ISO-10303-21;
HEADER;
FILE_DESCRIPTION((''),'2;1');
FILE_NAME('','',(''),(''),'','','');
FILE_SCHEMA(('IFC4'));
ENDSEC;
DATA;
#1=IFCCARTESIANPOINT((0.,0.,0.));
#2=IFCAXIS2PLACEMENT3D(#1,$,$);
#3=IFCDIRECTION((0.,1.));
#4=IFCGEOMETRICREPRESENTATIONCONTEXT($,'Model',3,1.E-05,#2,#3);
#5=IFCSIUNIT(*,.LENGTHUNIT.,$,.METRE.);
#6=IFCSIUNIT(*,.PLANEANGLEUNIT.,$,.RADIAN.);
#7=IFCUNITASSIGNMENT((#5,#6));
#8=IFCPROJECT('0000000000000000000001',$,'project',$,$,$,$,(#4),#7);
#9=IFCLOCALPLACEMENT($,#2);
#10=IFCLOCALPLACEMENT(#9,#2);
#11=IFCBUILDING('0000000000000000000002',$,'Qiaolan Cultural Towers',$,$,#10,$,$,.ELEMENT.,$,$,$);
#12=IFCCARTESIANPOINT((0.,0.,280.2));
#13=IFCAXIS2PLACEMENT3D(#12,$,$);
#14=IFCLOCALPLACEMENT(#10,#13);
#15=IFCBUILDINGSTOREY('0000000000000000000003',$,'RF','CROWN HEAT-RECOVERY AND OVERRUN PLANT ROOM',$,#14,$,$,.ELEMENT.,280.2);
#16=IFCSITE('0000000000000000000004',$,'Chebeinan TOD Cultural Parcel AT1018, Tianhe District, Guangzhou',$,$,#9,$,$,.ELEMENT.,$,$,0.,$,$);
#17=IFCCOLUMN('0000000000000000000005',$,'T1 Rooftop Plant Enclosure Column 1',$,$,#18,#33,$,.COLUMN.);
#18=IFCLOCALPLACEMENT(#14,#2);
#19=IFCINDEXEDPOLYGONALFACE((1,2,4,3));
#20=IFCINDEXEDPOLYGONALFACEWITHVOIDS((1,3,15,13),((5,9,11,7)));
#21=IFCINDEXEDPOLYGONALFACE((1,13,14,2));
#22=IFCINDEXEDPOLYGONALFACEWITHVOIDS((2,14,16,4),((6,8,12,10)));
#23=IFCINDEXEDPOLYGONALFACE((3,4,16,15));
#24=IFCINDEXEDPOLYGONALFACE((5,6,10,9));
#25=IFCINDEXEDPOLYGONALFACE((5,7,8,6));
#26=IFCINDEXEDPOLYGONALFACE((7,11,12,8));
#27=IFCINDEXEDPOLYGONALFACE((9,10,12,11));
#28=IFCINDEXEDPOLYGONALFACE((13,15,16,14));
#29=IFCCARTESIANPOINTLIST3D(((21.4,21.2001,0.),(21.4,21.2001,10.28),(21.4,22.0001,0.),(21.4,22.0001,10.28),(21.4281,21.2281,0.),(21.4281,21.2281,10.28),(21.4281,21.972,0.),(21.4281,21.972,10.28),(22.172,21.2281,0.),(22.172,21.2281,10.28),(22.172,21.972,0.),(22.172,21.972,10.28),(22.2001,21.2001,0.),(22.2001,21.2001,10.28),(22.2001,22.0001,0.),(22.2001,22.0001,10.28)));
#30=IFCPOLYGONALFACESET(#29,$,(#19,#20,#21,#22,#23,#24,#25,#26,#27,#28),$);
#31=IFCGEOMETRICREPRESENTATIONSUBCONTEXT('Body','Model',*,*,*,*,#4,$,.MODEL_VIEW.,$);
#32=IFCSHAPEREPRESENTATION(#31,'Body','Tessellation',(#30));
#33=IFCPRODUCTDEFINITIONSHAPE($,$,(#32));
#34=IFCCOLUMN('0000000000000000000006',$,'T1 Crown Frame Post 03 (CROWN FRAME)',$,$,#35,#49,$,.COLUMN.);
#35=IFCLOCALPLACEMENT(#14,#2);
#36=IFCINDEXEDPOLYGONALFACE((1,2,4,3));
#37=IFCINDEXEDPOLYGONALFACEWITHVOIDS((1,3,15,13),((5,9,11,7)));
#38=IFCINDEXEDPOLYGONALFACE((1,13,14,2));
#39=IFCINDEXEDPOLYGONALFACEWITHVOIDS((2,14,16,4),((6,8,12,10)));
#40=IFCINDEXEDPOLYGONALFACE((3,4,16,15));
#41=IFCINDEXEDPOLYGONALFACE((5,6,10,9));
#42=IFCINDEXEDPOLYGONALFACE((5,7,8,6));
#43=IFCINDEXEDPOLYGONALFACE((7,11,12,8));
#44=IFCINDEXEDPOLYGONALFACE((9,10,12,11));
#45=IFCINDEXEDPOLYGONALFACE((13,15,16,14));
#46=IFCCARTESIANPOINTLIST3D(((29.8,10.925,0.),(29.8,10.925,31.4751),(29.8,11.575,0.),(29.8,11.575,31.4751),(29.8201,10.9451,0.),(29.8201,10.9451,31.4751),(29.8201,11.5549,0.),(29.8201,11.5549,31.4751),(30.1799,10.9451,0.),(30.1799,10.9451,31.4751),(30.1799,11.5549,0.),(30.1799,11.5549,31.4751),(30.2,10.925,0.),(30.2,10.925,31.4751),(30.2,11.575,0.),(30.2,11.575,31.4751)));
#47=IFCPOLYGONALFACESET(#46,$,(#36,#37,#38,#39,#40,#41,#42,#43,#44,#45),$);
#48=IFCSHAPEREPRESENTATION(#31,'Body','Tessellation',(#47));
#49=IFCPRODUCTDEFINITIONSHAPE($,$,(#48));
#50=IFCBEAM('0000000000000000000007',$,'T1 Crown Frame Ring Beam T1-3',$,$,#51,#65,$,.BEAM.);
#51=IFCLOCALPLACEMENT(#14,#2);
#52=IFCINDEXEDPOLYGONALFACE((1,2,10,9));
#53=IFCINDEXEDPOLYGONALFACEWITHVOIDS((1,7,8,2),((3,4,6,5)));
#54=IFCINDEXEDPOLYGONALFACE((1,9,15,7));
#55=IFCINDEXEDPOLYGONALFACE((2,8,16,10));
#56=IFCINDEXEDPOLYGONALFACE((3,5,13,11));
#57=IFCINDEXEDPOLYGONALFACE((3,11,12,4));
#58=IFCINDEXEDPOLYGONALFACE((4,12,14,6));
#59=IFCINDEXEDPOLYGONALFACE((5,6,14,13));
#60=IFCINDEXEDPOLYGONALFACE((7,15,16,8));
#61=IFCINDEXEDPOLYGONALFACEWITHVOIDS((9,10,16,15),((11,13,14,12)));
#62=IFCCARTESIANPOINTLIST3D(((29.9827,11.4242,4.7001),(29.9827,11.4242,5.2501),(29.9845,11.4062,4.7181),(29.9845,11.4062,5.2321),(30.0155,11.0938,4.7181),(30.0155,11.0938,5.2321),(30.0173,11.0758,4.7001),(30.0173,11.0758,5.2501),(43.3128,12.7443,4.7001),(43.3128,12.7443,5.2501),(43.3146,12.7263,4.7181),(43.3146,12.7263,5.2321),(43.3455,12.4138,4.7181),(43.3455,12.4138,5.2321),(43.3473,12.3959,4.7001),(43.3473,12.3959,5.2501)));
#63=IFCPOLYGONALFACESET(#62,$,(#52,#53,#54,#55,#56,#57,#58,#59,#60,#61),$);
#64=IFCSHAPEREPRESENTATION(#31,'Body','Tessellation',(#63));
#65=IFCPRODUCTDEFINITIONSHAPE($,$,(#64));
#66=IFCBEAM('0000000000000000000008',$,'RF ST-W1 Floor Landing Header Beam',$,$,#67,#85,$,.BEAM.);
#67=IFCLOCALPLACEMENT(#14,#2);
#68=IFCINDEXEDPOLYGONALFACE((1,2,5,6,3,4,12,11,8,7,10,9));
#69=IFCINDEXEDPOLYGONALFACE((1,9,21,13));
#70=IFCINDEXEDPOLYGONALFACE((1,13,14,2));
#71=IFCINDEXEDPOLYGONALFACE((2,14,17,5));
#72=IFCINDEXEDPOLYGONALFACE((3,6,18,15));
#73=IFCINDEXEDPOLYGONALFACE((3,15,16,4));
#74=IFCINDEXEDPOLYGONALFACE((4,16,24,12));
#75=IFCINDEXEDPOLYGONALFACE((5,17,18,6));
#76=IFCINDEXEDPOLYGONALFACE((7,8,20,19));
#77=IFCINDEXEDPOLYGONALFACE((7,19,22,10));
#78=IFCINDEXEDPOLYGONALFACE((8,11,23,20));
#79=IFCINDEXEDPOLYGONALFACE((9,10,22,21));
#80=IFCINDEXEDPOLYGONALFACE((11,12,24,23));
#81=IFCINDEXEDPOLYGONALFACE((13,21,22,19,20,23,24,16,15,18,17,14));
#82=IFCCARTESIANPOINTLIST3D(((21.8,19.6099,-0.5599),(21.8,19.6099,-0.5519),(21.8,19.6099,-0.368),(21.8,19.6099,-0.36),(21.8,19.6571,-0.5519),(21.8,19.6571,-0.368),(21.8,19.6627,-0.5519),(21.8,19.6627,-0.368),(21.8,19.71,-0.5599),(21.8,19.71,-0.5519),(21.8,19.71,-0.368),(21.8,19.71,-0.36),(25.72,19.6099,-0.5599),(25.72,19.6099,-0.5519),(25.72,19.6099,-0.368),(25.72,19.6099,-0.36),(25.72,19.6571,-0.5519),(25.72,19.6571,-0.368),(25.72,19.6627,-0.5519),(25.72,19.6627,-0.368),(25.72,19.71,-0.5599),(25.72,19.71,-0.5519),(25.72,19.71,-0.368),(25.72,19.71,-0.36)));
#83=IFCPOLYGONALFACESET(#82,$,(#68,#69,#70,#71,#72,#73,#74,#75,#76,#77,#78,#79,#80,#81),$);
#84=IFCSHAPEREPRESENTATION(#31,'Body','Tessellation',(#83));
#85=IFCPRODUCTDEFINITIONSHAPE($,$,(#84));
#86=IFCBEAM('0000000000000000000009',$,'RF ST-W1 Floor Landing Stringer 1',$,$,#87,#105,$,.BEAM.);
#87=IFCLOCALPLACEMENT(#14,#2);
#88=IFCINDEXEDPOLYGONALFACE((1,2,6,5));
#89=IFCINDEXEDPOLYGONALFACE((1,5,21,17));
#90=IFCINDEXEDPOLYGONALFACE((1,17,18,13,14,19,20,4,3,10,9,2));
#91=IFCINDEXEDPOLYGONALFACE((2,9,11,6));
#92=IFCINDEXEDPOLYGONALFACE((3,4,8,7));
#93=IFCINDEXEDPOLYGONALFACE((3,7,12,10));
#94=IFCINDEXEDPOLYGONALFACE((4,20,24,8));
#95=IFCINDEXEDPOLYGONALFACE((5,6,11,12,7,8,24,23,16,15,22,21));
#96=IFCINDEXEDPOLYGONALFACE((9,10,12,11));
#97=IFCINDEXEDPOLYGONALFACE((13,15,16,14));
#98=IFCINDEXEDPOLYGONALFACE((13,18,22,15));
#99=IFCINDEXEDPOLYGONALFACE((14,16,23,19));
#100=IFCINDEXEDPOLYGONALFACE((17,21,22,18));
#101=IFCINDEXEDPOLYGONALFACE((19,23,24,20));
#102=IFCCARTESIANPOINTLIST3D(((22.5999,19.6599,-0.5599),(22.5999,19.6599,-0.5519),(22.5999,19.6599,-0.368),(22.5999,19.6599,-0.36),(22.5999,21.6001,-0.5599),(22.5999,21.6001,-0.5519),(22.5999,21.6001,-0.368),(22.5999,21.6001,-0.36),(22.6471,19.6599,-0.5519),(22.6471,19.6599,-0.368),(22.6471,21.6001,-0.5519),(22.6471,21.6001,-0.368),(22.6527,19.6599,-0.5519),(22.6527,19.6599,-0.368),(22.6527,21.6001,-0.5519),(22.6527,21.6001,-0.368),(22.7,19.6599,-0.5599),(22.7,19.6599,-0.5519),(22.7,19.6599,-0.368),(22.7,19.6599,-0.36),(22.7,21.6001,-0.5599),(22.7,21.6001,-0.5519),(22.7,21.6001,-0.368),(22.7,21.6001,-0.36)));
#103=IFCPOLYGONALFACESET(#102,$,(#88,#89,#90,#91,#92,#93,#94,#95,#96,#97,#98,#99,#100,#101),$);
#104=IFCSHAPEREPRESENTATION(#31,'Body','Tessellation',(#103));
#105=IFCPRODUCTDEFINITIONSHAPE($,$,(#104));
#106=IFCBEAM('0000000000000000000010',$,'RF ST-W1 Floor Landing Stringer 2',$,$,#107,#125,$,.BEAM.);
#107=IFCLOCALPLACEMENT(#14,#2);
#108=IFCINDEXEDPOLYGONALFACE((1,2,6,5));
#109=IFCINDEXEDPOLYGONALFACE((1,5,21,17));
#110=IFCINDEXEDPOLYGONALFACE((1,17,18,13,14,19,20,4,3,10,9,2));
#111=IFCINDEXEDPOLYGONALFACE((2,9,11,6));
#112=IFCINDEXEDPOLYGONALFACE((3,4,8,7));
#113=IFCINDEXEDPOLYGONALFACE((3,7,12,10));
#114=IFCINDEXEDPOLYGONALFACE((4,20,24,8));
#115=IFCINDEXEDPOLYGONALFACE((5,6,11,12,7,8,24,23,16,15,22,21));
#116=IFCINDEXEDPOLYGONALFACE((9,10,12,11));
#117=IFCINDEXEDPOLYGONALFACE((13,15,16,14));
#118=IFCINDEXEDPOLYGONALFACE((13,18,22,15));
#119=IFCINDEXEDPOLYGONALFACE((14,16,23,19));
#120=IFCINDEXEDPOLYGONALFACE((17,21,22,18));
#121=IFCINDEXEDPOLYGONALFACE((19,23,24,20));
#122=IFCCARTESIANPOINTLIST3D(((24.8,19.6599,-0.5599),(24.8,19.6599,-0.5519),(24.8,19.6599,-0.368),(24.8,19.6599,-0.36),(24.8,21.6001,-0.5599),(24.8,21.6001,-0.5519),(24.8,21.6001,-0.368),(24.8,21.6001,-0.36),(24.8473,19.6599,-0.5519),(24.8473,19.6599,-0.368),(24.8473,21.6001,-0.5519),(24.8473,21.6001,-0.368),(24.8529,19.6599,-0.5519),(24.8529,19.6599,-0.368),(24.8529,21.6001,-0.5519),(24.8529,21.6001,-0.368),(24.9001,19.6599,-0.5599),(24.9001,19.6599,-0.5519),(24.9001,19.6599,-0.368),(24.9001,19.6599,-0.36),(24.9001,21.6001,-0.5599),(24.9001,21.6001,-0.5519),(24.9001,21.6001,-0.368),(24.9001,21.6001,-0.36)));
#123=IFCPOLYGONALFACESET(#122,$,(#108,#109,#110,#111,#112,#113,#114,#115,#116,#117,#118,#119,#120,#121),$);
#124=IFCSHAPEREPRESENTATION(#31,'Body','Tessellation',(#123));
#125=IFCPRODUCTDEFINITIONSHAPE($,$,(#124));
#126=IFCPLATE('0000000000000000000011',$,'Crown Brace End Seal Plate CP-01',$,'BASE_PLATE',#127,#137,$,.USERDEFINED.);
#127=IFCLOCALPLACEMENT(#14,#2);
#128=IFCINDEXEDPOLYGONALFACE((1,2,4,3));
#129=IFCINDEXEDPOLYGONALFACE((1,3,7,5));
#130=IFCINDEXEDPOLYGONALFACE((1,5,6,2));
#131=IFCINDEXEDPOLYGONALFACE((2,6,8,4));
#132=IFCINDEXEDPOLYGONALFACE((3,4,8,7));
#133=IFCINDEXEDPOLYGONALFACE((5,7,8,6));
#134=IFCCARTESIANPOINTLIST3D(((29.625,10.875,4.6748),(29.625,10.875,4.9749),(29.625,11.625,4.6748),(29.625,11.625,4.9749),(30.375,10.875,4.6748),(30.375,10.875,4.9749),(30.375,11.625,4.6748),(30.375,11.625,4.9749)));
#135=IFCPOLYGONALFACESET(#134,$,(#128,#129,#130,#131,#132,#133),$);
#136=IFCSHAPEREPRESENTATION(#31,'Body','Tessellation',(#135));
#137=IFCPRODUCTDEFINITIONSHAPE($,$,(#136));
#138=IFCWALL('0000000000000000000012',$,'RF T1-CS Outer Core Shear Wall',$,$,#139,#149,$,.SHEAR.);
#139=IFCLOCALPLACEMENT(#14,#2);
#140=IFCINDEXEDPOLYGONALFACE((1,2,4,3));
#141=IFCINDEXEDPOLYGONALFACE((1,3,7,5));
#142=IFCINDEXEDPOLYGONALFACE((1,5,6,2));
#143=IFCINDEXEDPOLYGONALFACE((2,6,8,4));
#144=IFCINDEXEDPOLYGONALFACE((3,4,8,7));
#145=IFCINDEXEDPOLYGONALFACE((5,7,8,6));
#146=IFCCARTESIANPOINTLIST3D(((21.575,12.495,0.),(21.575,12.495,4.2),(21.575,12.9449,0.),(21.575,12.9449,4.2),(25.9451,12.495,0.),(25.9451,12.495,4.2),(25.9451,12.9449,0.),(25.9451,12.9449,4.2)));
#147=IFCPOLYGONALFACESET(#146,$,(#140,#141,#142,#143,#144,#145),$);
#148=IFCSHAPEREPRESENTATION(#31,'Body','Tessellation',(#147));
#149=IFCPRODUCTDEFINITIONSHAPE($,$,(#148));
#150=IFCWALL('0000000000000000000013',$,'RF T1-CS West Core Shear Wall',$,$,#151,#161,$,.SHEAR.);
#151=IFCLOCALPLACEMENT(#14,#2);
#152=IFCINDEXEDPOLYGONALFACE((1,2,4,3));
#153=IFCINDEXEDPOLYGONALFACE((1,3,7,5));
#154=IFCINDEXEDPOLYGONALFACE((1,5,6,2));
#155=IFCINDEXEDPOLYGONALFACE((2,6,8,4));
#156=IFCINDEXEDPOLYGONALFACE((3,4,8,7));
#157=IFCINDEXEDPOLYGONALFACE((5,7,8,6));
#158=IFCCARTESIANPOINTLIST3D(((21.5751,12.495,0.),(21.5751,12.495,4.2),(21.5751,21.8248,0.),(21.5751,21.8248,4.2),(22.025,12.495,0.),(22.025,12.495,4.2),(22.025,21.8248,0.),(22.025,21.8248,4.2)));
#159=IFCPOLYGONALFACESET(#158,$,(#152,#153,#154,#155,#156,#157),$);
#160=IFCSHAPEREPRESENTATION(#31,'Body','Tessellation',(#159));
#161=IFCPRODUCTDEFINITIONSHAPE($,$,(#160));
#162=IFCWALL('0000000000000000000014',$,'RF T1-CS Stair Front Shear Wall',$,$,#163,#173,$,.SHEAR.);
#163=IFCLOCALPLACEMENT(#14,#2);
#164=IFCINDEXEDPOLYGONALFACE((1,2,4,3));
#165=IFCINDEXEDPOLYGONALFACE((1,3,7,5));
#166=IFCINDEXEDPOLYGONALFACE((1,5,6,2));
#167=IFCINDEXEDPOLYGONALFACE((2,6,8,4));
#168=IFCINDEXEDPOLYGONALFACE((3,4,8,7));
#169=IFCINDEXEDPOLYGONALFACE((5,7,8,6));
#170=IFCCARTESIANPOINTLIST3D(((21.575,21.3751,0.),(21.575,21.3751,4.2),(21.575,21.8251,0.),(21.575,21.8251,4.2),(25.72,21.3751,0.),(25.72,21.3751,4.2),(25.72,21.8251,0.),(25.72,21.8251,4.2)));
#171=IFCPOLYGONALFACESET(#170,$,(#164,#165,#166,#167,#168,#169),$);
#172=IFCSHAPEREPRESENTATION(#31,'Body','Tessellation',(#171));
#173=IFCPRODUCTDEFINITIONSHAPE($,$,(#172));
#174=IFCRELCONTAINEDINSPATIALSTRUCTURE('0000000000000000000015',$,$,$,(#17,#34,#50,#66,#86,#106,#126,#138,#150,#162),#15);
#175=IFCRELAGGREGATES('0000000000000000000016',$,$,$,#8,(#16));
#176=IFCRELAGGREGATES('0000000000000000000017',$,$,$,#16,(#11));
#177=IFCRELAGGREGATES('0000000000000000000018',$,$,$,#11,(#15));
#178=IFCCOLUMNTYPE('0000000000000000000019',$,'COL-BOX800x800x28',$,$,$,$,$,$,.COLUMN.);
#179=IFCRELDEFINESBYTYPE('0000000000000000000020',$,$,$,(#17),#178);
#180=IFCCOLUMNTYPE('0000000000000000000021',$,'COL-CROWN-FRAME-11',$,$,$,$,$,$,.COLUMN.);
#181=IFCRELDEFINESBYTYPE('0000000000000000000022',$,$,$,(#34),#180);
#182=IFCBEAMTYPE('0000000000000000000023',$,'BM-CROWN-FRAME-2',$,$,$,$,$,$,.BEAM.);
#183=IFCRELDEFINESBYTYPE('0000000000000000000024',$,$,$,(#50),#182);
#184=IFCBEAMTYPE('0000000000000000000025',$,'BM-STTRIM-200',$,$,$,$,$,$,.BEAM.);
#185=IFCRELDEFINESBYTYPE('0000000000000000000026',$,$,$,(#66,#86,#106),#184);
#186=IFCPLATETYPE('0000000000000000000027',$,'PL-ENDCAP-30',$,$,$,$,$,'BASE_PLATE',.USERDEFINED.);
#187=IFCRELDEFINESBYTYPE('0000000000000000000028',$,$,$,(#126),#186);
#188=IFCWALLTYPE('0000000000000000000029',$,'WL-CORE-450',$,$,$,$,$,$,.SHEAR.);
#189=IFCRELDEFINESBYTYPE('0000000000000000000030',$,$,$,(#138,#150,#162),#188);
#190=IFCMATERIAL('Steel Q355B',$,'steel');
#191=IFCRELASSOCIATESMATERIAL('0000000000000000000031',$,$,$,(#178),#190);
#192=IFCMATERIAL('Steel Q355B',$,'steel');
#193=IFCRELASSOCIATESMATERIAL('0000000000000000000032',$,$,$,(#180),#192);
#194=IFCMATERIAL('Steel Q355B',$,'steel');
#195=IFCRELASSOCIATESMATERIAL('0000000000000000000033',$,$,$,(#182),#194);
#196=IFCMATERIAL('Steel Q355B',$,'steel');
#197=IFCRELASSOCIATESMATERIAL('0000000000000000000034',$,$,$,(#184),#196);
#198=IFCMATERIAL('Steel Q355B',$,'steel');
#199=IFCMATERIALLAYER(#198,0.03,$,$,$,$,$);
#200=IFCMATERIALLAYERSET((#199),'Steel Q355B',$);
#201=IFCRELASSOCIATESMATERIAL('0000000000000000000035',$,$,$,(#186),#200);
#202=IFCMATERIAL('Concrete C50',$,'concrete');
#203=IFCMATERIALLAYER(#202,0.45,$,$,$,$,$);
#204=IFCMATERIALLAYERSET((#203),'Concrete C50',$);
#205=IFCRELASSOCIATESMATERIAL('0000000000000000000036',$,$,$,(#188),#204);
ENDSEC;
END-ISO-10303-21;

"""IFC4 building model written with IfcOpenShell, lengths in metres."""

from ifc_helpers import new_model, si_unit, direction, frame, frame_2d, origin, origin_2d, place, context, subcontext, project, spatial, rectangle, hollow_rectangle, i_section, extrude, material, layer, layer_set, material_profile, profile_set, type_object, element, save


model = new_model("IFC4")

# Units and contexts
model_context = context("Model", 3, precision=1e-05, world=origin(), true_north=direction((0.0, 1.0)))
body_context = subcontext(model_context, "Body", "Model", "MODEL_VIEW")
ifc_project = project(units=[si_unit("LENGTHUNIT", "METRE"), si_unit("PLANEANGLEUNIT", "RADIAN")], contexts=[model_context])

# Site, building, storey
site_placement = place(None, origin())
site = spatial("IfcSite", under=ifc_project, at=site_placement, Name="Chebeinan TOD Cultural Parcel AT1018, Tianhe District, Guangzhou", CompositionType="ELEMENT", RefElevation=0.0)
building_placement = place(site_placement, origin())
building = spatial("IfcBuilding", under=site, at=building_placement, Name="Qiaolan Cultural Towers", CompositionType="ELEMENT")
storey_placement = place(building_placement, frame((0.0, 0.0, 280.2)))
storey = spatial("IfcBuildingStorey", under=building, at=storey_placement, Name="RF", Description="CROWN HEAT-RECOVERY AND OVERRUN PLANT ROOM", CompositionType="ELEMENT", Elevation=280.2)

# Columns
ifc_material_1 = material(Name="Steel Q355B", Category="steel")
ifc_material_profile_1 = material_profile(ifc_material_1, hollow_rectangle(XDim=0.8, YDim=0.8, WallThickness=0.0281, at=origin_2d()), Name="BOX800x800x28")
ifc_profile_set_1 = profile_set([ifc_material_profile_1], Name="Steel Q355B")
column_type_1 = type_object("IfcColumnType", Name="COL-BOX800x800x28", PredefinedType="COLUMN", material=ifc_profile_set_1)
column_1_placement = place(storey_placement, frame((21.8, 21.6001, 0.0), z_axis=(0.0, 0.0, 1.0), x_axis=(1.0, 0.0, 0.0)))
element("IfcColumn", 1, at=column_1_placement, inside=storey, type_object=column_type_1, Name="T1 Rooftop Plant Enclosure Column 1", PredefinedType="COLUMN", context=body_context, shape_type="SweptSolid", body=[
    extrude(hollow_rectangle(XDim=0.8, YDim=0.8, WallThickness=0.0281, at=origin_2d()), origin(), (0.0, 0.0, 1.0), 10.28),
])
ifc_material_2 = material(Name="Steel Q355B", Category="steel")
ifc_material_profile_2 = material_profile(ifc_material_2, hollow_rectangle(XDim=0.3999, YDim=0.6499, WallThickness=0.02, at=origin_2d()), Name="BOX650x400x20")
ifc_profile_set_2 = profile_set([ifc_material_profile_2], Name="Steel Q355B")
column_type_2 = type_object("IfcColumnType", Name="COL-CROWN-FRAME-11", PredefinedType="COLUMN", material=ifc_profile_set_2)
column_2_placement = place(storey_placement, frame((30.0, 11.25, 0.0), z_axis=(0.0, 0.0, 1.0), x_axis=(1.0, 0.0, 0.0)))
element("IfcColumn", 2, at=column_2_placement, inside=storey, type_object=column_type_2, Name="T1 Crown Frame Post 03 (CROWN FRAME)", PredefinedType="COLUMN", context=body_context, shape_type="SweptSolid", body=[
    extrude(hollow_rectangle(XDim=0.3999, YDim=0.6499, WallThickness=0.02, at=origin_2d()), origin(), (0.0, 0.0, 1.0), 31.4751),
])

# Beams
ifc_material_3 = material(Name="Steel Q355B", Category="steel")
ifc_material_profile_3 = material_profile(ifc_material_3, hollow_rectangle(XDim=0.3501, YDim=0.55, WallThickness=0.0181, at=origin_2d()), Name="BOX550x350x18")
ifc_profile_set_3 = profile_set([ifc_material_profile_3], Name="Steel Q355B")
beam_type_1 = type_object("IfcBeamType", Name="BM-CROWN-FRAME-2", PredefinedType="BEAM", material=ifc_profile_set_3)
beam_1_placement = place(storey_placement, frame((30.0, 11.25, 4.9751), z_axis=(0.995132, 0.098547, 0.0), x_axis=(-0.098547, 0.995132, 0.0)))
element("IfcBeam", 3, at=beam_1_placement, inside=storey, type_object=beam_type_1, Name="T1 Crown Frame Ring Beam T1-3", PredefinedType="BEAM", context=body_context, shape_type="SweptSolid", body=[
    extrude(hollow_rectangle(XDim=0.3501, YDim=0.55, WallThickness=0.0181, at=origin_2d()), origin(), (0.0, 0.0, 1.0), 13.3953),
])
ifc_material_4 = material(Name="Steel Q355B", Category="steel")
ifc_material_profile_4 = material_profile(ifc_material_4, i_section(OverallWidth=0.1001, OverallDepth=0.2, WebThickness=0.0056, FlangeThickness=0.0081, at=origin_2d()), Name="HN200x100x5.5x8")
ifc_profile_set_4 = profile_set([ifc_material_profile_4], Name="Steel Q355B")
beam_type_2 = type_object("IfcBeamType", Name="BM-STTRIM-200", PredefinedType="BEAM", material=ifc_profile_set_4)
beam_2_placement = place(storey_placement, frame((21.8, 19.6599, -0.46), z_axis=(1.0, 0.0, 0.0), x_axis=(0.0, 1.0, 0.0)))
element("IfcBeam", 4, at=beam_2_placement, inside=storey, type_object=beam_type_2, Name="RF ST-W1 Floor Landing Header Beam", PredefinedType="BEAM", context=body_context, shape_type="SweptSolid", body=[
    extrude(i_section(OverallWidth=0.1001, OverallDepth=0.2, WebThickness=0.0056, FlangeThickness=0.0081, at=origin_2d()), origin(), (0.0, 0.0, 1.0), 3.9199),
])
for number, where, z_axis, x_axis, name in (
    (5, (22.6499, 21.6001, -0.46), (0.0, -1.0, 0.0), (1.0, 0.0, 0.0), "RF ST-W1 Floor Landing Stringer 1"),
    (6, (24.8501, 21.6001, -0.46), (0.0, -1.0, 0.0), (1.0, 0.0, 0.0), "RF ST-W1 Floor Landing Stringer 2"),
):
    element("IfcBeam", number, at=place(storey_placement, frame(where, z_axis=z_axis, x_axis=x_axis)), inside=storey, type_object=beam_type_2, Name=name, PredefinedType="BEAM", context=body_context, shape_type="SweptSolid", body=[
        extrude(i_section(OverallWidth=0.1001, OverallDepth=0.2, WebThickness=0.0056, FlangeThickness=0.0081, at=origin_2d()), origin(), (0.0, 0.0, 1.0), 1.9402),
    ])

# Plate
ifc_material_5 = material(Name="Steel Q355B", Category="steel")
ifc_layer_1 = layer(ifc_material_5, 0.03)
ifc_layer_set_1 = layer_set([ifc_layer_1], Name="Steel Q355B")
plate_type = type_object("IfcPlateType", Name="PL-ENDCAP-30", ElementType="BASE_PLATE", PredefinedType="USERDEFINED", material=ifc_layer_set_1)
plate_placement = place(storey_placement, frame((30.0, 11.25, 4.6748), z_axis=(0.0, 0.0, 1.0), x_axis=(1.0, 0.0, 0.0)))
element("IfcPlate", 7, at=plate_placement, inside=storey, type_object=plate_type, Name="Crown Brace End Seal Plate CP-01", ObjectType="BASE_PLATE", PredefinedType="USERDEFINED", context=body_context, shape_type="SweptSolid", body=[
    extrude(rectangle(XDim=0.75, YDim=0.75, at=origin_2d()), origin(), (0.0, 0.0, 1.0), 0.3),
])

# Walls
ifc_material_6 = material(Name="Concrete C50", Category="concrete")
ifc_layer_2 = layer(ifc_material_6, 0.45)
ifc_layer_set_2 = layer_set([ifc_layer_2], Name="Concrete C50")
wall_type_1 = type_object("IfcWallType", Name="WL-CORE-450", PredefinedType="SHEAR", material=ifc_layer_set_2)
wall_1_placement = place(storey_placement, frame((21.575, 12.72, 0.0), z_axis=(0.0, 0.0, 1.0), x_axis=(1.0, 0.0, 0.0)))
element("IfcWall", 8, at=wall_1_placement, inside=storey, type_object=wall_type_1, Name="RF T1-CS Outer Core Shear Wall", PredefinedType="SHEAR", context=body_context, shape_type="SweptSolid", body=[
    extrude(rectangle(XDim=4.3701, YDim=0.45, at=frame_2d((2.1851, 0.0))), origin(), (0.0, 0.0, 1.0), 4.2),
])
wall_2_placement = place(storey_placement, frame((21.8, 21.825, 0.0), z_axis=(0.0, 0.0, 1.0), x_axis=(0.0, -1.0, 0.0)))
element("IfcWall", 9, at=wall_2_placement, inside=storey, type_object=wall_type_1, Name="RF T1-CS West Core Shear Wall", PredefinedType="SHEAR", context=body_context, shape_type="SweptSolid", body=[
    extrude(rectangle(XDim=9.3298, YDim=0.45, at=frame_2d((4.665, 0.0))), origin(), (0.0, 0.0, 1.0), 4.2),
])
wall_3_placement = place(storey_placement, frame((21.575, 21.6001, 0.0), z_axis=(0.0, 0.0, 1.0), x_axis=(1.0, 0.0, 0.0)))
element("IfcWall", 10, at=wall_3_placement, inside=storey, type_object=wall_type_1, Name="RF T1-CS Stair Front Shear Wall", PredefinedType="SHEAR", context=body_context, shape_type="SweptSolid", body=[
    extrude(rectangle(XDim=4.145, YDim=0.45, at=frame_2d((2.0725, 0.0))), origin(), (0.0, 0.0, 1.0), 4.2),
])

save(model, "model.ifc")
